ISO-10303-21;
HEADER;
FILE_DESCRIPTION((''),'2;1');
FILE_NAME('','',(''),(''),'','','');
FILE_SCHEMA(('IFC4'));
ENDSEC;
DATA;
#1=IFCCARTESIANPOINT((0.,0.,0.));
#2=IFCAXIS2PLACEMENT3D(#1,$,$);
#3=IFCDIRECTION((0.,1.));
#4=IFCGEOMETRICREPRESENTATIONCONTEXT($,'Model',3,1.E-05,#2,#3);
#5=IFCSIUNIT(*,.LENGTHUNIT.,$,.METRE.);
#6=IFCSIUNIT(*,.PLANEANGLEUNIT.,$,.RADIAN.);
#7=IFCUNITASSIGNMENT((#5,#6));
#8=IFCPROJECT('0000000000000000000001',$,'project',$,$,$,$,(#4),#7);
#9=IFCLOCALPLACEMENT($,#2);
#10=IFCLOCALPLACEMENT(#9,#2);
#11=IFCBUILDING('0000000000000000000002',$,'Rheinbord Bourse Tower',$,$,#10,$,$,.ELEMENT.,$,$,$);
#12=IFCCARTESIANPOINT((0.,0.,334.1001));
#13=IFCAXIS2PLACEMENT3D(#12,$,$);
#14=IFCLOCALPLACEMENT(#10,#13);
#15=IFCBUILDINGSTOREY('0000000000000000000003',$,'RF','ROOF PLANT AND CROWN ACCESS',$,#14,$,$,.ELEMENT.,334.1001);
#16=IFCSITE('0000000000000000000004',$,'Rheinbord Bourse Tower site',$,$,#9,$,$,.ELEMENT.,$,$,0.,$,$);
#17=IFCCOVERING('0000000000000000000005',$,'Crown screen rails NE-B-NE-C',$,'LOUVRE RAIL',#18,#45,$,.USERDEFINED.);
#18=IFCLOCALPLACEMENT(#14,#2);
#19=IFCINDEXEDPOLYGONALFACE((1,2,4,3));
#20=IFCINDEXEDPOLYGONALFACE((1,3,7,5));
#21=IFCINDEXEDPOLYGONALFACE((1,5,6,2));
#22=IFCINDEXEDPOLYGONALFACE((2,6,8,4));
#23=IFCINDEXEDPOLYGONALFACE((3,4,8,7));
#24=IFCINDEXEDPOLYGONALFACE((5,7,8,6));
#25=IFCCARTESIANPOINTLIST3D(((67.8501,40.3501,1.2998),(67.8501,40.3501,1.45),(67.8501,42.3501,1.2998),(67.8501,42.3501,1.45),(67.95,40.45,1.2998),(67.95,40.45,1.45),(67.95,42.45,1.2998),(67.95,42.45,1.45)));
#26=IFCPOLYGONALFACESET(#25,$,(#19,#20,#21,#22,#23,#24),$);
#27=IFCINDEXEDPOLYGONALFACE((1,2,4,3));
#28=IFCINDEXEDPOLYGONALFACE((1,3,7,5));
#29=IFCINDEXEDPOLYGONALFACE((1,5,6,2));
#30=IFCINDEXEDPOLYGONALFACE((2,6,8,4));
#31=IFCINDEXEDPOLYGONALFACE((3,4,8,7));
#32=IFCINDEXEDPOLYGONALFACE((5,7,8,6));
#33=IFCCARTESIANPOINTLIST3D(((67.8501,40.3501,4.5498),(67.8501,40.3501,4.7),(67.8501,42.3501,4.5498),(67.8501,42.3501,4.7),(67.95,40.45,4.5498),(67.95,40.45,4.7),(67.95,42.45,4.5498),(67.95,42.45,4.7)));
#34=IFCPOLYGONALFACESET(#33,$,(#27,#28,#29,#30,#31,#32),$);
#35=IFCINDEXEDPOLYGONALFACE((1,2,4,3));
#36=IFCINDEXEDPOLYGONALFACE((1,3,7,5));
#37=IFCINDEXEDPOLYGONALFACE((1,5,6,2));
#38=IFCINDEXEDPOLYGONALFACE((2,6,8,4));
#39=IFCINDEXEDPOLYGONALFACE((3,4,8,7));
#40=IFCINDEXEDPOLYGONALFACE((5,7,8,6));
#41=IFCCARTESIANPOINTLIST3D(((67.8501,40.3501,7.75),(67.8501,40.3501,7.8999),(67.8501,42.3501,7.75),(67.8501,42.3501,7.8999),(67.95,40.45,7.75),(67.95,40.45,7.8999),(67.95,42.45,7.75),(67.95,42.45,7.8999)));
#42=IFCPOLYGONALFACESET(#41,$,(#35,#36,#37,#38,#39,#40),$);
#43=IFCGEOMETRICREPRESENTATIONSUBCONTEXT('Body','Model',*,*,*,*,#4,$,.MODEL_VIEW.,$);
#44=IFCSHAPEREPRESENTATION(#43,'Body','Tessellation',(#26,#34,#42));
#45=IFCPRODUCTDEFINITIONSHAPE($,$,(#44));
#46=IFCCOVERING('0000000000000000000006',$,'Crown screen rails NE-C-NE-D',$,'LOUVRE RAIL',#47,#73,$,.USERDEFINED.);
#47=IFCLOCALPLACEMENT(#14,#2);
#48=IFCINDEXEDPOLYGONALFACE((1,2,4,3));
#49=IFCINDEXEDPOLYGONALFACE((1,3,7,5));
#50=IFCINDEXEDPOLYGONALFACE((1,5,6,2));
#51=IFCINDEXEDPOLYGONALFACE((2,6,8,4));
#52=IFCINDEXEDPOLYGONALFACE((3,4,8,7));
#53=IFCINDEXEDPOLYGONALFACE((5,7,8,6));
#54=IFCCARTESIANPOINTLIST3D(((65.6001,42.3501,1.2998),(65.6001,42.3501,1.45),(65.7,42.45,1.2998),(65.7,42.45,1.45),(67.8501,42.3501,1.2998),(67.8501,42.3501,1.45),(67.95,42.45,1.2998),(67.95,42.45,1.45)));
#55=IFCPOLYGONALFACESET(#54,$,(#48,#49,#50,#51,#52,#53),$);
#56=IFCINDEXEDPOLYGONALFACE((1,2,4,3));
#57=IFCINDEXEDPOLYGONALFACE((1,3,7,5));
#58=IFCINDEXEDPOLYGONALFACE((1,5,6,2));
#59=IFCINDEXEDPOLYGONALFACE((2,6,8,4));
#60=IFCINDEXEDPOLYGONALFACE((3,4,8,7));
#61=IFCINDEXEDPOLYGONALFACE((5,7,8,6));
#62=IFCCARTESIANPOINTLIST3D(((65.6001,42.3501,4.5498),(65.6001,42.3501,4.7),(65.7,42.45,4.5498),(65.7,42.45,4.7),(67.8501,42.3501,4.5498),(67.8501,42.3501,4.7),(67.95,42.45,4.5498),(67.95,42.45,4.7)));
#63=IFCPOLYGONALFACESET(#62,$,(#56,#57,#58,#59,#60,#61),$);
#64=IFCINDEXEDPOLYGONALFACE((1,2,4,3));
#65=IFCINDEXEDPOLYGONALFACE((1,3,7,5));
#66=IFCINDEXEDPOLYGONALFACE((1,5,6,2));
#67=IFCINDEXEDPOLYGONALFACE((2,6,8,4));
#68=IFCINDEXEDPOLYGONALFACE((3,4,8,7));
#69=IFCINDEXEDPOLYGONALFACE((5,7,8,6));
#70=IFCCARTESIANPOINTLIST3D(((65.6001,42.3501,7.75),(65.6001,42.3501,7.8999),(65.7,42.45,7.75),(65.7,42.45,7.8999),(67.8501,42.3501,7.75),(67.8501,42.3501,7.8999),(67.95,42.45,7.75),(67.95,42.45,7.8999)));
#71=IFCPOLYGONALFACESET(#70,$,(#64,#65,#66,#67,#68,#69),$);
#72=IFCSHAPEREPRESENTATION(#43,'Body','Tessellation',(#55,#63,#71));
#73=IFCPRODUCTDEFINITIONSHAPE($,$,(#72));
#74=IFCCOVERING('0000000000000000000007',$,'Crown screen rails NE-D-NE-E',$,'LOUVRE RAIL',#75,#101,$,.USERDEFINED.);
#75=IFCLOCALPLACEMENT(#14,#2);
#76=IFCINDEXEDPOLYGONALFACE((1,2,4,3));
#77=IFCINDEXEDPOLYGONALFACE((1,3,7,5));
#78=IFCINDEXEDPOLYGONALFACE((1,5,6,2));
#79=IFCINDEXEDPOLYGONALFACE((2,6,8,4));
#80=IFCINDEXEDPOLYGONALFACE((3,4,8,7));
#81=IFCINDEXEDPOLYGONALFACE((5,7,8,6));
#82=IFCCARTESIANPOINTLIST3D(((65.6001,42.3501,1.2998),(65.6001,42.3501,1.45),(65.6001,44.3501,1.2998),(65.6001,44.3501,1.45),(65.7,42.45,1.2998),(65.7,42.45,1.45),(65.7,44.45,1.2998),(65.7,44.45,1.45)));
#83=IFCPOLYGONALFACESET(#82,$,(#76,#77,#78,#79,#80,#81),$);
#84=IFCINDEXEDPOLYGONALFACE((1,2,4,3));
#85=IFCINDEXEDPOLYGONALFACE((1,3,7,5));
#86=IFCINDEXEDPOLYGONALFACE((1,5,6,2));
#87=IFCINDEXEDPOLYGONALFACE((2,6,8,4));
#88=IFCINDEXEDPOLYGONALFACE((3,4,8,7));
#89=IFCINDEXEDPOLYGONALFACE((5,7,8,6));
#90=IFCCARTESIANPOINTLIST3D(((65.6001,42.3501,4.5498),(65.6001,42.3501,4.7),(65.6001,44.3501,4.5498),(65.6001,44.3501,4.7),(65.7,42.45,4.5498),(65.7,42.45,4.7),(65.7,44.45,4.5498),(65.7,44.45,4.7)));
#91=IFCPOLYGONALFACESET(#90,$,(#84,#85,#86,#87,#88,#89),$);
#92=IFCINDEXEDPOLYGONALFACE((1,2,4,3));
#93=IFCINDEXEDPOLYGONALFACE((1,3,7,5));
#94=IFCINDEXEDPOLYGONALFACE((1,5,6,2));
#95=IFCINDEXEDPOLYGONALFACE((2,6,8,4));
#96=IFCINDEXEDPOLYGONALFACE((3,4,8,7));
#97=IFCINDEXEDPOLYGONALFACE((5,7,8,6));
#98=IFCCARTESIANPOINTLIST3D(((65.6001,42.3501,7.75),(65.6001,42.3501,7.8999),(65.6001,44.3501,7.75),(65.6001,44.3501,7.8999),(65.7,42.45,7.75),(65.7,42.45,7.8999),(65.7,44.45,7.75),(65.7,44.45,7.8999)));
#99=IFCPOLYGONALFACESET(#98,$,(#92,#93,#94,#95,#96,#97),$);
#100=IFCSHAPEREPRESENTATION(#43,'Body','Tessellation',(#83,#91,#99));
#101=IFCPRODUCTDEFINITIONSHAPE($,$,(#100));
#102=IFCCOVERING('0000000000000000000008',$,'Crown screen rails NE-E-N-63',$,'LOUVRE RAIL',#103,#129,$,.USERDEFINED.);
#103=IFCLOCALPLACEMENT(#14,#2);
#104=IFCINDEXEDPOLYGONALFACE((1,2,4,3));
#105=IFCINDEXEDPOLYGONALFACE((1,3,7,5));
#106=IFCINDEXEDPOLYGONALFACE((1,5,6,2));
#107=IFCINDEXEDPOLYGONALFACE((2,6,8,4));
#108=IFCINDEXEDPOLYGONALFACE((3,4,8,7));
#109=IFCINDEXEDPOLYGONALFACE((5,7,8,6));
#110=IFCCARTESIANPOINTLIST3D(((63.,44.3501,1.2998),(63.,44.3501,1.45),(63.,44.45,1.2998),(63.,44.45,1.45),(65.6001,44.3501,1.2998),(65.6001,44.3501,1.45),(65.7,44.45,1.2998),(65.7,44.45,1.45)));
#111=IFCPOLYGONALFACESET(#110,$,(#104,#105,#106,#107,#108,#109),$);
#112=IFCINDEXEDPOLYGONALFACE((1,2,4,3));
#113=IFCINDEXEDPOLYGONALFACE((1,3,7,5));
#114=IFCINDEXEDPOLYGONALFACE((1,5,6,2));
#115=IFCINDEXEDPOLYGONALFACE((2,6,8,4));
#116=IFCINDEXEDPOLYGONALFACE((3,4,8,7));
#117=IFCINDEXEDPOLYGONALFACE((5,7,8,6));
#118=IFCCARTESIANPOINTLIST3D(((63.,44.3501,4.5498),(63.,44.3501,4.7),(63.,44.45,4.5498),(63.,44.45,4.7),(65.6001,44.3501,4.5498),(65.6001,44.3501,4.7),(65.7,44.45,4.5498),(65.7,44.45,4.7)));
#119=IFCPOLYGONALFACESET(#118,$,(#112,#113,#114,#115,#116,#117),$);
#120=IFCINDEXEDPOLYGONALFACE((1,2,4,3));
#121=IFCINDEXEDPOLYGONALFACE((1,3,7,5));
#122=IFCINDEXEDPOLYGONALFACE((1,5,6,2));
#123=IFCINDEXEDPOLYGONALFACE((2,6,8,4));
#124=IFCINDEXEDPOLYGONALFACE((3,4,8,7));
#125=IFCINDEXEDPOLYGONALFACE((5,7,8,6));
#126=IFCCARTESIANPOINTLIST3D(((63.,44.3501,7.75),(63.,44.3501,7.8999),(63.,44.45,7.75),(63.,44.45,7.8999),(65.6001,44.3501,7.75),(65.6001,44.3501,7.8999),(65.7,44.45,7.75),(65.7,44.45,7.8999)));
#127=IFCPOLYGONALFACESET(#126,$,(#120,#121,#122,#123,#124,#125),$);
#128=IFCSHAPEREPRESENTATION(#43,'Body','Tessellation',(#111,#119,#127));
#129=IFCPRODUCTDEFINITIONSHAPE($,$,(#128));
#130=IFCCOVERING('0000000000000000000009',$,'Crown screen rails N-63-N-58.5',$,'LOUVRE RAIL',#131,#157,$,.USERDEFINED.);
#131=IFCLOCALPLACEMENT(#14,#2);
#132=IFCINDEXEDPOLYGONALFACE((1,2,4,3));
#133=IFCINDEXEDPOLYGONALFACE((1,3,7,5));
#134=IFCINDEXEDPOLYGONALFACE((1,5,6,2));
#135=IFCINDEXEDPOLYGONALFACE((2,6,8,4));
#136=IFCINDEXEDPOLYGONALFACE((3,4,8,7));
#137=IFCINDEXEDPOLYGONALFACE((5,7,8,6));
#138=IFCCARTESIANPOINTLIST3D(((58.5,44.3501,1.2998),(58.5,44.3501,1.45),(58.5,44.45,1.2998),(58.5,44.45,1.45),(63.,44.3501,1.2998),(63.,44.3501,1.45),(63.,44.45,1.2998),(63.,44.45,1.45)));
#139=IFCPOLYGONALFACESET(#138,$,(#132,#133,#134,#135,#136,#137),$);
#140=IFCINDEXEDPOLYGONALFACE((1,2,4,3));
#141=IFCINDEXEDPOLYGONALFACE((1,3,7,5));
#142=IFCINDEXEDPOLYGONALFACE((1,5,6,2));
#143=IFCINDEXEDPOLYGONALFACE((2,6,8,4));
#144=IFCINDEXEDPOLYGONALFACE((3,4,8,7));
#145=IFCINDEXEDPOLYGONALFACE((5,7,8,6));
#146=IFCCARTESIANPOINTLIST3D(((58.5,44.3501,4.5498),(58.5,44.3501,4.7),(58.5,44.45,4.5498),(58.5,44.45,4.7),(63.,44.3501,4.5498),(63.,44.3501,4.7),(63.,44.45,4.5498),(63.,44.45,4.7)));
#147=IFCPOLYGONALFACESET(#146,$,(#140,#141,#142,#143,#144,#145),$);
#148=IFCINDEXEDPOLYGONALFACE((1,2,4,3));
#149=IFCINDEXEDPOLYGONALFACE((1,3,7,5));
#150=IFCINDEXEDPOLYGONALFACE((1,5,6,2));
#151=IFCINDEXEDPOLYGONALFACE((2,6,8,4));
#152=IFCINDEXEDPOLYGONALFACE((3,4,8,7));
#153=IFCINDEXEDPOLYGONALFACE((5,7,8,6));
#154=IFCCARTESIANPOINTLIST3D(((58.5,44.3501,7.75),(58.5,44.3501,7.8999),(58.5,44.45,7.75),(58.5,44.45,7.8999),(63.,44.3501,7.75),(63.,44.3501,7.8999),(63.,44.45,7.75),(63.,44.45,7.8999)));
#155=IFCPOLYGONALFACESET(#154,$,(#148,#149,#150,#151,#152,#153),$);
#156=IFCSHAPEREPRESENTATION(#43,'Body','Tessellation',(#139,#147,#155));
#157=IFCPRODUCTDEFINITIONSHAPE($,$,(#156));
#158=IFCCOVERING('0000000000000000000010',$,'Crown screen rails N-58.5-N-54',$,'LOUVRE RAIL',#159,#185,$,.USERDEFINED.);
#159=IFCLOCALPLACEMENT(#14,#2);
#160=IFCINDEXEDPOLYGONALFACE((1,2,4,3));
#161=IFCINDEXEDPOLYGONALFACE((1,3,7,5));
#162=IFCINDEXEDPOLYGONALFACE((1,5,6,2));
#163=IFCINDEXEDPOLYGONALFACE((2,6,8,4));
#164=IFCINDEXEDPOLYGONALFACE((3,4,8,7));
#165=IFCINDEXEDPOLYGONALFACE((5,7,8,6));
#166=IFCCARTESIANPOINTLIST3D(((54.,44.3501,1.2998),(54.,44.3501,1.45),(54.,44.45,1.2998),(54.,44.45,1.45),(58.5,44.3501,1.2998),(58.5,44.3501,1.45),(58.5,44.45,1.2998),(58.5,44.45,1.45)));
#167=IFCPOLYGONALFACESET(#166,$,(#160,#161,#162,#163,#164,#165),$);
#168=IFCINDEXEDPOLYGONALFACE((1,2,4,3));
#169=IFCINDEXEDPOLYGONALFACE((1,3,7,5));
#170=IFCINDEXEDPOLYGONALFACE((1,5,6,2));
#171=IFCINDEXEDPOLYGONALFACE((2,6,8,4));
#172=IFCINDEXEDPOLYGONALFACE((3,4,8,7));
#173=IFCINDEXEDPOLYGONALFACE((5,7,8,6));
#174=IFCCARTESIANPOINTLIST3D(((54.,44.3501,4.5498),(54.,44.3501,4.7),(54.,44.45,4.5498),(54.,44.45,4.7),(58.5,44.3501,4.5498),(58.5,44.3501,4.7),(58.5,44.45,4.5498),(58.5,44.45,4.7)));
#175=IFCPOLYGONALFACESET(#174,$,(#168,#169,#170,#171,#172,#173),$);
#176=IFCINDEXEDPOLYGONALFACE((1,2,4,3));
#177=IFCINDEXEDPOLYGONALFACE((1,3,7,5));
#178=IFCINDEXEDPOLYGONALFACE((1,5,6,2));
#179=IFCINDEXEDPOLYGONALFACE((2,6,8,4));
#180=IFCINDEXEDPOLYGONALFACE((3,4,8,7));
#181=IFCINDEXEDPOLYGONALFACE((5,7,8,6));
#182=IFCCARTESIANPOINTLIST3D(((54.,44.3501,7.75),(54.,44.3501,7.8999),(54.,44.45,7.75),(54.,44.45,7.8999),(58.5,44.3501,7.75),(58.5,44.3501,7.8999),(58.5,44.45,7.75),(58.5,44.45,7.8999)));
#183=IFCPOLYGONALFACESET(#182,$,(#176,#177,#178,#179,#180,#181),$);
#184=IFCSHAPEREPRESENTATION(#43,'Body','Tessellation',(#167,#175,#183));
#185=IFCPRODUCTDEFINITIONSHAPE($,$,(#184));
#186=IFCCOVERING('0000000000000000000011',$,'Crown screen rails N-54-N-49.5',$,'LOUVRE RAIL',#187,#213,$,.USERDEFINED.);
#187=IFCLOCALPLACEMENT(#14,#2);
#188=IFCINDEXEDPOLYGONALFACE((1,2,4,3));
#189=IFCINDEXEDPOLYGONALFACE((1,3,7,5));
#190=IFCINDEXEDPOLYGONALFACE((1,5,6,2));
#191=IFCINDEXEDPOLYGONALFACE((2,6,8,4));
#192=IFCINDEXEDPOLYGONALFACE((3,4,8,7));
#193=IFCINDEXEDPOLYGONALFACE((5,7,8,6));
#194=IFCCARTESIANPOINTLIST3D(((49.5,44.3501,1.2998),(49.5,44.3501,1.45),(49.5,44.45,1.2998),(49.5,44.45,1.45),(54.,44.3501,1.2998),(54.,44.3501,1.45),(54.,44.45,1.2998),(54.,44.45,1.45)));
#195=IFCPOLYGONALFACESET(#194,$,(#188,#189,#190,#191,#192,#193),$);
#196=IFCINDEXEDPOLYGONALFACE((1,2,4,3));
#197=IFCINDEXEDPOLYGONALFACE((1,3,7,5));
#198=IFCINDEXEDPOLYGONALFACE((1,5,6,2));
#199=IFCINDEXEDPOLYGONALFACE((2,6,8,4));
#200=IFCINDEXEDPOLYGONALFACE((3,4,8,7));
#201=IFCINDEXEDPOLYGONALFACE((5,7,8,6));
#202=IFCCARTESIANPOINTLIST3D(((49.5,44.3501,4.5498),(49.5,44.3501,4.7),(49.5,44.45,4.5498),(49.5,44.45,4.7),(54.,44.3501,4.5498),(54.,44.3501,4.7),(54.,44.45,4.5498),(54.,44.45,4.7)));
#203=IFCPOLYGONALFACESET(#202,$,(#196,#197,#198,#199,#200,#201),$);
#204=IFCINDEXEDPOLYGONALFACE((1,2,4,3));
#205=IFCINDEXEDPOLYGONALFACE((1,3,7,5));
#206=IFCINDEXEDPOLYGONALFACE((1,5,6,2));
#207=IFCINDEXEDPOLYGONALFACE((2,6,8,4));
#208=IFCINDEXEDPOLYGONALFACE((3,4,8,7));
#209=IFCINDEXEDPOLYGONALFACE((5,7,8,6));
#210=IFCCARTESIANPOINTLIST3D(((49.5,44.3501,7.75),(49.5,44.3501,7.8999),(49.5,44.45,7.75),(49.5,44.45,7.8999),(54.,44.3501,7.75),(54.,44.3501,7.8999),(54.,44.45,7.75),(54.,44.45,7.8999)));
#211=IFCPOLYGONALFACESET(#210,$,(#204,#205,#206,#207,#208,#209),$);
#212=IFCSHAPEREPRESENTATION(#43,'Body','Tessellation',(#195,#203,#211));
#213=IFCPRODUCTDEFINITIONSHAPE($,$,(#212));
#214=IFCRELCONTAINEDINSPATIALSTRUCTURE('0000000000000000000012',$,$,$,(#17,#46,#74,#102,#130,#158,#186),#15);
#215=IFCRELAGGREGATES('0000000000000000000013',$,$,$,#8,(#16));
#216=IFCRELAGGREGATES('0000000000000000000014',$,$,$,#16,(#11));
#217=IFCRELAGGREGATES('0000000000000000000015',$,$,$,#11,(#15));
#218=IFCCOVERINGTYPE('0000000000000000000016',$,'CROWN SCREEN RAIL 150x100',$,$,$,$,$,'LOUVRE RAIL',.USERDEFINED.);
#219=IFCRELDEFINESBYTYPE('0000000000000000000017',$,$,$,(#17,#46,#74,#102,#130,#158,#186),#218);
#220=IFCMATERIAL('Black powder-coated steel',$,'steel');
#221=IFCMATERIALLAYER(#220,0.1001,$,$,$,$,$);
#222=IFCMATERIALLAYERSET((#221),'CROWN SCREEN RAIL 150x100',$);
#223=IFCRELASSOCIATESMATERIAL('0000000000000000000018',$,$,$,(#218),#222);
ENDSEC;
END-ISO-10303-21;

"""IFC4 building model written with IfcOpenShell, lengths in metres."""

from ifc_helpers import new_model, si_unit, direction, frame, origin, place, context, subcontext, project, spatial, polyline, outline, extrude, material, layer, layer_set, type_object, element, save


model = new_model("IFC4")

# Units and contexts
model_context = context("Model", 3, precision=1e-05, world=origin(), true_north=direction((0.0, 1.0)))
body_context = subcontext(model_context, "Body", "Model", "MODEL_VIEW")
ifc_project = project(units=[si_unit("LENGTHUNIT", "METRE"), si_unit("PLANEANGLEUNIT", "RADIAN")], contexts=[model_context])

# Site, building, storey
site_placement = place(None, origin())
site = spatial("IfcSite", under=ifc_project, at=site_placement, Name="Rheinbord Bourse Tower site", CompositionType="ELEMENT", RefElevation=0.0)
building_placement = place(site_placement, origin())
building = spatial("IfcBuilding", under=site, at=building_placement, Name="Rheinbord Bourse Tower", CompositionType="ELEMENT")
storey_placement = place(building_placement, frame((0.0, 0.0, 334.1001)))
storey = spatial("IfcBuildingStorey", under=building, at=storey_placement, Name="RF", Description="ROOF PLANT AND CROWN ACCESS", CompositionType="ELEMENT", Elevation=334.1001)

# Coverings
ifc_material_1 = material(Name="Black powder-coated steel", Category="steel")
ifc_layer_1 = layer(ifc_material_1, 0.1001)
ifc_layer_set_1 = layer_set([ifc_layer_1], Name="CROWN SCREEN RAIL 150x100")
covering_type_1 = type_object("IfcCoveringType", Name="CROWN SCREEN RAIL 150x100", ElementType="LOUVRE RAIL", PredefinedType="USERDEFINED", material=ifc_layer_set_1)
covering_1_placement = place(storey_placement, frame((0.0, 0.0, 1.2998)))
element("IfcCovering", 1, at=covering_1_placement, inside=storey, type_object=covering_type_1, Name="Crown screen rails NE-B-NE-C", ObjectType="LOUVRE RAIL", PredefinedType="USERDEFINED", context=body_context, shape_type="SweptSolid", body=[
    extrude(outline(polyline([(67.8501, 40.3501), (67.8501, 42.3501), (67.95, 42.45), (67.95, 40.45), (67.8501, 40.3501)])), origin(), (0.0, 0.0, 1.0), 0.1501),
    extrude(outline(polyline([(67.8501, 40.3501), (67.8501, 42.3501), (67.95, 42.45), (67.95, 40.45), (67.8501, 40.3501)])), frame((0.0, 0.0, 3.25)), (0.0, 0.0, 1.0), 0.1501),
    extrude(outline(polyline([(67.8501, 40.3501), (67.8501, 42.3501), (67.95, 42.45), (67.95, 40.45), (67.8501, 40.3501)])), frame((0.0, 0.0, 6.4502)), (0.0, 0.0, 1.0), 0.1499),
])
covering_2_placement = place(storey_placement, frame((0.0, 0.0, 1.2998)))
element("IfcCovering", 2, at=covering_2_placement, inside=storey, type_object=covering_type_1, Name="Crown screen rails NE-C-NE-D", ObjectType="LOUVRE RAIL", PredefinedType="USERDEFINED", context=body_context, shape_type="SweptSolid", body=[
    extrude(outline(polyline([(67.8501, 42.3501), (65.6001, 42.3501), (65.7, 42.45), (67.95, 42.45), (67.8501, 42.3501)])), origin(), (0.0, 0.0, 1.0), 0.1501),
    extrude(outline(polyline([(67.8501, 42.3501), (65.6001, 42.3501), (65.7, 42.45), (67.95, 42.45), (67.8501, 42.3501)])), frame((0.0, 0.0, 3.25)), (0.0, 0.0, 1.0), 0.1501),
    extrude(outline(polyline([(67.8501, 42.3501), (65.6001, 42.3501), (65.7, 42.45), (67.95, 42.45), (67.8501, 42.3501)])), frame((0.0, 0.0, 6.4502)), (0.0, 0.0, 1.0), 0.1499),
])
covering_3_placement = place(storey_placement, frame((0.0, 0.0, 1.2998)))
element("IfcCovering", 3, at=covering_3_placement, inside=storey, type_object=covering_type_1, Name="Crown screen rails NE-D-NE-E", ObjectType="LOUVRE RAIL", PredefinedType="USERDEFINED", context=body_context, shape_type="SweptSolid", body=[
    extrude(outline(polyline([(65.6001, 42.3501), (65.6001, 44.3501), (65.7, 44.45), (65.7, 42.45), (65.6001, 42.3501)])), origin(), (0.0, 0.0, 1.0), 0.1501),
    extrude(outline(polyline([(65.6001, 42.3501), (65.6001, 44.3501), (65.7, 44.45), (65.7, 42.45), (65.6001, 42.3501)])), frame((0.0, 0.0, 3.25)), (0.0, 0.0, 1.0), 0.1501),
    extrude(outline(polyline([(65.6001, 42.3501), (65.6001, 44.3501), (65.7, 44.45), (65.7, 42.45), (65.6001, 42.3501)])), frame((0.0, 0.0, 6.4502)), (0.0, 0.0, 1.0), 0.1499),
])
covering_4_placement = place(storey_placement, frame((0.0, 0.0, 1.2998)))
element("IfcCovering", 4, at=covering_4_placement, inside=storey, type_object=covering_type_1, Name="Crown screen rails NE-E-N-63", ObjectType="LOUVRE RAIL", PredefinedType="USERDEFINED", context=body_context, shape_type="SweptSolid", body=[
    extrude(outline(polyline([(65.6001, 44.3501), (63.0, 44.3501), (63.0, 44.45), (65.7, 44.45), (65.6001, 44.3501)])), origin(), (0.0, 0.0, 1.0), 0.1501),
    extrude(outline(polyline([(65.6001, 44.3501), (63.0, 44.3501), (63.0, 44.45), (65.7, 44.45), (65.6001, 44.3501)])), frame((0.0, 0.0, 3.25)), (0.0, 0.0, 1.0), 0.1501),
    extrude(outline(polyline([(65.6001, 44.3501), (63.0, 44.3501), (63.0, 44.45), (65.7, 44.45), (65.6001, 44.3501)])), frame((0.0, 0.0, 6.4502)), (0.0, 0.0, 1.0), 0.1499),
])
covering_5_placement = place(storey_placement, frame((0.0, 0.0, 1.2998)))
element("IfcCovering", 5, at=covering_5_placement, inside=storey, type_object=covering_type_1, Name="Crown screen rails N-63-N-58.5", ObjectType="LOUVRE RAIL", PredefinedType="USERDEFINED", context=body_context, shape_type="SweptSolid", body=[
    extrude(outline(polyline([(63.0, 44.3501), (58.5, 44.3501), (58.5, 44.45), (63.0, 44.45), (63.0, 44.3501)])), origin(), (0.0, 0.0, 1.0), 0.1501),
    extrude(outline(polyline([(63.0, 44.3501), (58.5, 44.3501), (58.5, 44.45), (63.0, 44.45), (63.0, 44.3501)])), frame((0.0, 0.0, 3.25)), (0.0, 0.0, 1.0), 0.1501),
    extrude(outline(polyline([(63.0, 44.3501), (58.5, 44.3501), (58.5, 44.45), (63.0, 44.45), (63.0, 44.3501)])), frame((0.0, 0.0, 6.4502)), (0.0, 0.0, 1.0), 0.1499),
])
covering_6_placement = place(storey_placement, frame((0.0, 0.0, 1.2998)))
element("IfcCovering", 6, at=covering_6_placement, inside=storey, type_object=covering_type_1, Name="Crown screen rails N-58.5-N-54", ObjectType="LOUVRE RAIL", PredefinedType="USERDEFINED", context=body_context, shape_type="SweptSolid", body=[
    extrude(outline(polyline([(58.5, 44.3501), (54.0, 44.3501), (54.0, 44.45), (58.5, 44.45), (58.5, 44.3501)])), origin(), (0.0, 0.0, 1.0), 0.1501),
    extrude(outline(polyline([(58.5, 44.3501), (54.0, 44.3501), (54.0, 44.45), (58.5, 44.45), (58.5, 44.3501)])), frame((0.0, 0.0, 3.25)), (0.0, 0.0, 1.0), 0.1501),
    extrude(outline(polyline([(58.5, 44.3501), (54.0, 44.3501), (54.0, 44.45), (58.5, 44.45), (58.5, 44.3501)])), frame((0.0, 0.0, 6.4502)), (0.0, 0.0, 1.0), 0.1499),
])
covering_7_placement = place(storey_placement, frame((0.0, 0.0, 1.2998)))
element("IfcCovering", 7, at=covering_7_placement, inside=storey, type_object=covering_type_1, Name="Crown screen rails N-54-N-49.5", ObjectType="LOUVRE RAIL", PredefinedType="USERDEFINED", context=body_context, shape_type="SweptSolid", body=[
    extrude(outline(polyline([(54.0, 44.3501), (49.5, 44.3501), (49.5, 44.45), (54.0, 44.45), (54.0, 44.3501)])), origin(), (0.0, 0.0, 1.0), 0.1501),
    extrude(outline(polyline([(54.0, 44.3501), (49.5, 44.3501), (49.5, 44.45), (54.0, 44.45), (54.0, 44.3501)])), frame((0.0, 0.0, 3.25)), (0.0, 0.0, 1.0), 0.1501),
    extrude(outline(polyline([(54.0, 44.3501), (49.5, 44.3501), (49.5, 44.45), (54.0, 44.45), (54.0, 44.3501)])), frame((0.0, 0.0, 6.4502)), (0.0, 0.0, 1.0), 0.1499),
])

save(model, "model.ifc")
